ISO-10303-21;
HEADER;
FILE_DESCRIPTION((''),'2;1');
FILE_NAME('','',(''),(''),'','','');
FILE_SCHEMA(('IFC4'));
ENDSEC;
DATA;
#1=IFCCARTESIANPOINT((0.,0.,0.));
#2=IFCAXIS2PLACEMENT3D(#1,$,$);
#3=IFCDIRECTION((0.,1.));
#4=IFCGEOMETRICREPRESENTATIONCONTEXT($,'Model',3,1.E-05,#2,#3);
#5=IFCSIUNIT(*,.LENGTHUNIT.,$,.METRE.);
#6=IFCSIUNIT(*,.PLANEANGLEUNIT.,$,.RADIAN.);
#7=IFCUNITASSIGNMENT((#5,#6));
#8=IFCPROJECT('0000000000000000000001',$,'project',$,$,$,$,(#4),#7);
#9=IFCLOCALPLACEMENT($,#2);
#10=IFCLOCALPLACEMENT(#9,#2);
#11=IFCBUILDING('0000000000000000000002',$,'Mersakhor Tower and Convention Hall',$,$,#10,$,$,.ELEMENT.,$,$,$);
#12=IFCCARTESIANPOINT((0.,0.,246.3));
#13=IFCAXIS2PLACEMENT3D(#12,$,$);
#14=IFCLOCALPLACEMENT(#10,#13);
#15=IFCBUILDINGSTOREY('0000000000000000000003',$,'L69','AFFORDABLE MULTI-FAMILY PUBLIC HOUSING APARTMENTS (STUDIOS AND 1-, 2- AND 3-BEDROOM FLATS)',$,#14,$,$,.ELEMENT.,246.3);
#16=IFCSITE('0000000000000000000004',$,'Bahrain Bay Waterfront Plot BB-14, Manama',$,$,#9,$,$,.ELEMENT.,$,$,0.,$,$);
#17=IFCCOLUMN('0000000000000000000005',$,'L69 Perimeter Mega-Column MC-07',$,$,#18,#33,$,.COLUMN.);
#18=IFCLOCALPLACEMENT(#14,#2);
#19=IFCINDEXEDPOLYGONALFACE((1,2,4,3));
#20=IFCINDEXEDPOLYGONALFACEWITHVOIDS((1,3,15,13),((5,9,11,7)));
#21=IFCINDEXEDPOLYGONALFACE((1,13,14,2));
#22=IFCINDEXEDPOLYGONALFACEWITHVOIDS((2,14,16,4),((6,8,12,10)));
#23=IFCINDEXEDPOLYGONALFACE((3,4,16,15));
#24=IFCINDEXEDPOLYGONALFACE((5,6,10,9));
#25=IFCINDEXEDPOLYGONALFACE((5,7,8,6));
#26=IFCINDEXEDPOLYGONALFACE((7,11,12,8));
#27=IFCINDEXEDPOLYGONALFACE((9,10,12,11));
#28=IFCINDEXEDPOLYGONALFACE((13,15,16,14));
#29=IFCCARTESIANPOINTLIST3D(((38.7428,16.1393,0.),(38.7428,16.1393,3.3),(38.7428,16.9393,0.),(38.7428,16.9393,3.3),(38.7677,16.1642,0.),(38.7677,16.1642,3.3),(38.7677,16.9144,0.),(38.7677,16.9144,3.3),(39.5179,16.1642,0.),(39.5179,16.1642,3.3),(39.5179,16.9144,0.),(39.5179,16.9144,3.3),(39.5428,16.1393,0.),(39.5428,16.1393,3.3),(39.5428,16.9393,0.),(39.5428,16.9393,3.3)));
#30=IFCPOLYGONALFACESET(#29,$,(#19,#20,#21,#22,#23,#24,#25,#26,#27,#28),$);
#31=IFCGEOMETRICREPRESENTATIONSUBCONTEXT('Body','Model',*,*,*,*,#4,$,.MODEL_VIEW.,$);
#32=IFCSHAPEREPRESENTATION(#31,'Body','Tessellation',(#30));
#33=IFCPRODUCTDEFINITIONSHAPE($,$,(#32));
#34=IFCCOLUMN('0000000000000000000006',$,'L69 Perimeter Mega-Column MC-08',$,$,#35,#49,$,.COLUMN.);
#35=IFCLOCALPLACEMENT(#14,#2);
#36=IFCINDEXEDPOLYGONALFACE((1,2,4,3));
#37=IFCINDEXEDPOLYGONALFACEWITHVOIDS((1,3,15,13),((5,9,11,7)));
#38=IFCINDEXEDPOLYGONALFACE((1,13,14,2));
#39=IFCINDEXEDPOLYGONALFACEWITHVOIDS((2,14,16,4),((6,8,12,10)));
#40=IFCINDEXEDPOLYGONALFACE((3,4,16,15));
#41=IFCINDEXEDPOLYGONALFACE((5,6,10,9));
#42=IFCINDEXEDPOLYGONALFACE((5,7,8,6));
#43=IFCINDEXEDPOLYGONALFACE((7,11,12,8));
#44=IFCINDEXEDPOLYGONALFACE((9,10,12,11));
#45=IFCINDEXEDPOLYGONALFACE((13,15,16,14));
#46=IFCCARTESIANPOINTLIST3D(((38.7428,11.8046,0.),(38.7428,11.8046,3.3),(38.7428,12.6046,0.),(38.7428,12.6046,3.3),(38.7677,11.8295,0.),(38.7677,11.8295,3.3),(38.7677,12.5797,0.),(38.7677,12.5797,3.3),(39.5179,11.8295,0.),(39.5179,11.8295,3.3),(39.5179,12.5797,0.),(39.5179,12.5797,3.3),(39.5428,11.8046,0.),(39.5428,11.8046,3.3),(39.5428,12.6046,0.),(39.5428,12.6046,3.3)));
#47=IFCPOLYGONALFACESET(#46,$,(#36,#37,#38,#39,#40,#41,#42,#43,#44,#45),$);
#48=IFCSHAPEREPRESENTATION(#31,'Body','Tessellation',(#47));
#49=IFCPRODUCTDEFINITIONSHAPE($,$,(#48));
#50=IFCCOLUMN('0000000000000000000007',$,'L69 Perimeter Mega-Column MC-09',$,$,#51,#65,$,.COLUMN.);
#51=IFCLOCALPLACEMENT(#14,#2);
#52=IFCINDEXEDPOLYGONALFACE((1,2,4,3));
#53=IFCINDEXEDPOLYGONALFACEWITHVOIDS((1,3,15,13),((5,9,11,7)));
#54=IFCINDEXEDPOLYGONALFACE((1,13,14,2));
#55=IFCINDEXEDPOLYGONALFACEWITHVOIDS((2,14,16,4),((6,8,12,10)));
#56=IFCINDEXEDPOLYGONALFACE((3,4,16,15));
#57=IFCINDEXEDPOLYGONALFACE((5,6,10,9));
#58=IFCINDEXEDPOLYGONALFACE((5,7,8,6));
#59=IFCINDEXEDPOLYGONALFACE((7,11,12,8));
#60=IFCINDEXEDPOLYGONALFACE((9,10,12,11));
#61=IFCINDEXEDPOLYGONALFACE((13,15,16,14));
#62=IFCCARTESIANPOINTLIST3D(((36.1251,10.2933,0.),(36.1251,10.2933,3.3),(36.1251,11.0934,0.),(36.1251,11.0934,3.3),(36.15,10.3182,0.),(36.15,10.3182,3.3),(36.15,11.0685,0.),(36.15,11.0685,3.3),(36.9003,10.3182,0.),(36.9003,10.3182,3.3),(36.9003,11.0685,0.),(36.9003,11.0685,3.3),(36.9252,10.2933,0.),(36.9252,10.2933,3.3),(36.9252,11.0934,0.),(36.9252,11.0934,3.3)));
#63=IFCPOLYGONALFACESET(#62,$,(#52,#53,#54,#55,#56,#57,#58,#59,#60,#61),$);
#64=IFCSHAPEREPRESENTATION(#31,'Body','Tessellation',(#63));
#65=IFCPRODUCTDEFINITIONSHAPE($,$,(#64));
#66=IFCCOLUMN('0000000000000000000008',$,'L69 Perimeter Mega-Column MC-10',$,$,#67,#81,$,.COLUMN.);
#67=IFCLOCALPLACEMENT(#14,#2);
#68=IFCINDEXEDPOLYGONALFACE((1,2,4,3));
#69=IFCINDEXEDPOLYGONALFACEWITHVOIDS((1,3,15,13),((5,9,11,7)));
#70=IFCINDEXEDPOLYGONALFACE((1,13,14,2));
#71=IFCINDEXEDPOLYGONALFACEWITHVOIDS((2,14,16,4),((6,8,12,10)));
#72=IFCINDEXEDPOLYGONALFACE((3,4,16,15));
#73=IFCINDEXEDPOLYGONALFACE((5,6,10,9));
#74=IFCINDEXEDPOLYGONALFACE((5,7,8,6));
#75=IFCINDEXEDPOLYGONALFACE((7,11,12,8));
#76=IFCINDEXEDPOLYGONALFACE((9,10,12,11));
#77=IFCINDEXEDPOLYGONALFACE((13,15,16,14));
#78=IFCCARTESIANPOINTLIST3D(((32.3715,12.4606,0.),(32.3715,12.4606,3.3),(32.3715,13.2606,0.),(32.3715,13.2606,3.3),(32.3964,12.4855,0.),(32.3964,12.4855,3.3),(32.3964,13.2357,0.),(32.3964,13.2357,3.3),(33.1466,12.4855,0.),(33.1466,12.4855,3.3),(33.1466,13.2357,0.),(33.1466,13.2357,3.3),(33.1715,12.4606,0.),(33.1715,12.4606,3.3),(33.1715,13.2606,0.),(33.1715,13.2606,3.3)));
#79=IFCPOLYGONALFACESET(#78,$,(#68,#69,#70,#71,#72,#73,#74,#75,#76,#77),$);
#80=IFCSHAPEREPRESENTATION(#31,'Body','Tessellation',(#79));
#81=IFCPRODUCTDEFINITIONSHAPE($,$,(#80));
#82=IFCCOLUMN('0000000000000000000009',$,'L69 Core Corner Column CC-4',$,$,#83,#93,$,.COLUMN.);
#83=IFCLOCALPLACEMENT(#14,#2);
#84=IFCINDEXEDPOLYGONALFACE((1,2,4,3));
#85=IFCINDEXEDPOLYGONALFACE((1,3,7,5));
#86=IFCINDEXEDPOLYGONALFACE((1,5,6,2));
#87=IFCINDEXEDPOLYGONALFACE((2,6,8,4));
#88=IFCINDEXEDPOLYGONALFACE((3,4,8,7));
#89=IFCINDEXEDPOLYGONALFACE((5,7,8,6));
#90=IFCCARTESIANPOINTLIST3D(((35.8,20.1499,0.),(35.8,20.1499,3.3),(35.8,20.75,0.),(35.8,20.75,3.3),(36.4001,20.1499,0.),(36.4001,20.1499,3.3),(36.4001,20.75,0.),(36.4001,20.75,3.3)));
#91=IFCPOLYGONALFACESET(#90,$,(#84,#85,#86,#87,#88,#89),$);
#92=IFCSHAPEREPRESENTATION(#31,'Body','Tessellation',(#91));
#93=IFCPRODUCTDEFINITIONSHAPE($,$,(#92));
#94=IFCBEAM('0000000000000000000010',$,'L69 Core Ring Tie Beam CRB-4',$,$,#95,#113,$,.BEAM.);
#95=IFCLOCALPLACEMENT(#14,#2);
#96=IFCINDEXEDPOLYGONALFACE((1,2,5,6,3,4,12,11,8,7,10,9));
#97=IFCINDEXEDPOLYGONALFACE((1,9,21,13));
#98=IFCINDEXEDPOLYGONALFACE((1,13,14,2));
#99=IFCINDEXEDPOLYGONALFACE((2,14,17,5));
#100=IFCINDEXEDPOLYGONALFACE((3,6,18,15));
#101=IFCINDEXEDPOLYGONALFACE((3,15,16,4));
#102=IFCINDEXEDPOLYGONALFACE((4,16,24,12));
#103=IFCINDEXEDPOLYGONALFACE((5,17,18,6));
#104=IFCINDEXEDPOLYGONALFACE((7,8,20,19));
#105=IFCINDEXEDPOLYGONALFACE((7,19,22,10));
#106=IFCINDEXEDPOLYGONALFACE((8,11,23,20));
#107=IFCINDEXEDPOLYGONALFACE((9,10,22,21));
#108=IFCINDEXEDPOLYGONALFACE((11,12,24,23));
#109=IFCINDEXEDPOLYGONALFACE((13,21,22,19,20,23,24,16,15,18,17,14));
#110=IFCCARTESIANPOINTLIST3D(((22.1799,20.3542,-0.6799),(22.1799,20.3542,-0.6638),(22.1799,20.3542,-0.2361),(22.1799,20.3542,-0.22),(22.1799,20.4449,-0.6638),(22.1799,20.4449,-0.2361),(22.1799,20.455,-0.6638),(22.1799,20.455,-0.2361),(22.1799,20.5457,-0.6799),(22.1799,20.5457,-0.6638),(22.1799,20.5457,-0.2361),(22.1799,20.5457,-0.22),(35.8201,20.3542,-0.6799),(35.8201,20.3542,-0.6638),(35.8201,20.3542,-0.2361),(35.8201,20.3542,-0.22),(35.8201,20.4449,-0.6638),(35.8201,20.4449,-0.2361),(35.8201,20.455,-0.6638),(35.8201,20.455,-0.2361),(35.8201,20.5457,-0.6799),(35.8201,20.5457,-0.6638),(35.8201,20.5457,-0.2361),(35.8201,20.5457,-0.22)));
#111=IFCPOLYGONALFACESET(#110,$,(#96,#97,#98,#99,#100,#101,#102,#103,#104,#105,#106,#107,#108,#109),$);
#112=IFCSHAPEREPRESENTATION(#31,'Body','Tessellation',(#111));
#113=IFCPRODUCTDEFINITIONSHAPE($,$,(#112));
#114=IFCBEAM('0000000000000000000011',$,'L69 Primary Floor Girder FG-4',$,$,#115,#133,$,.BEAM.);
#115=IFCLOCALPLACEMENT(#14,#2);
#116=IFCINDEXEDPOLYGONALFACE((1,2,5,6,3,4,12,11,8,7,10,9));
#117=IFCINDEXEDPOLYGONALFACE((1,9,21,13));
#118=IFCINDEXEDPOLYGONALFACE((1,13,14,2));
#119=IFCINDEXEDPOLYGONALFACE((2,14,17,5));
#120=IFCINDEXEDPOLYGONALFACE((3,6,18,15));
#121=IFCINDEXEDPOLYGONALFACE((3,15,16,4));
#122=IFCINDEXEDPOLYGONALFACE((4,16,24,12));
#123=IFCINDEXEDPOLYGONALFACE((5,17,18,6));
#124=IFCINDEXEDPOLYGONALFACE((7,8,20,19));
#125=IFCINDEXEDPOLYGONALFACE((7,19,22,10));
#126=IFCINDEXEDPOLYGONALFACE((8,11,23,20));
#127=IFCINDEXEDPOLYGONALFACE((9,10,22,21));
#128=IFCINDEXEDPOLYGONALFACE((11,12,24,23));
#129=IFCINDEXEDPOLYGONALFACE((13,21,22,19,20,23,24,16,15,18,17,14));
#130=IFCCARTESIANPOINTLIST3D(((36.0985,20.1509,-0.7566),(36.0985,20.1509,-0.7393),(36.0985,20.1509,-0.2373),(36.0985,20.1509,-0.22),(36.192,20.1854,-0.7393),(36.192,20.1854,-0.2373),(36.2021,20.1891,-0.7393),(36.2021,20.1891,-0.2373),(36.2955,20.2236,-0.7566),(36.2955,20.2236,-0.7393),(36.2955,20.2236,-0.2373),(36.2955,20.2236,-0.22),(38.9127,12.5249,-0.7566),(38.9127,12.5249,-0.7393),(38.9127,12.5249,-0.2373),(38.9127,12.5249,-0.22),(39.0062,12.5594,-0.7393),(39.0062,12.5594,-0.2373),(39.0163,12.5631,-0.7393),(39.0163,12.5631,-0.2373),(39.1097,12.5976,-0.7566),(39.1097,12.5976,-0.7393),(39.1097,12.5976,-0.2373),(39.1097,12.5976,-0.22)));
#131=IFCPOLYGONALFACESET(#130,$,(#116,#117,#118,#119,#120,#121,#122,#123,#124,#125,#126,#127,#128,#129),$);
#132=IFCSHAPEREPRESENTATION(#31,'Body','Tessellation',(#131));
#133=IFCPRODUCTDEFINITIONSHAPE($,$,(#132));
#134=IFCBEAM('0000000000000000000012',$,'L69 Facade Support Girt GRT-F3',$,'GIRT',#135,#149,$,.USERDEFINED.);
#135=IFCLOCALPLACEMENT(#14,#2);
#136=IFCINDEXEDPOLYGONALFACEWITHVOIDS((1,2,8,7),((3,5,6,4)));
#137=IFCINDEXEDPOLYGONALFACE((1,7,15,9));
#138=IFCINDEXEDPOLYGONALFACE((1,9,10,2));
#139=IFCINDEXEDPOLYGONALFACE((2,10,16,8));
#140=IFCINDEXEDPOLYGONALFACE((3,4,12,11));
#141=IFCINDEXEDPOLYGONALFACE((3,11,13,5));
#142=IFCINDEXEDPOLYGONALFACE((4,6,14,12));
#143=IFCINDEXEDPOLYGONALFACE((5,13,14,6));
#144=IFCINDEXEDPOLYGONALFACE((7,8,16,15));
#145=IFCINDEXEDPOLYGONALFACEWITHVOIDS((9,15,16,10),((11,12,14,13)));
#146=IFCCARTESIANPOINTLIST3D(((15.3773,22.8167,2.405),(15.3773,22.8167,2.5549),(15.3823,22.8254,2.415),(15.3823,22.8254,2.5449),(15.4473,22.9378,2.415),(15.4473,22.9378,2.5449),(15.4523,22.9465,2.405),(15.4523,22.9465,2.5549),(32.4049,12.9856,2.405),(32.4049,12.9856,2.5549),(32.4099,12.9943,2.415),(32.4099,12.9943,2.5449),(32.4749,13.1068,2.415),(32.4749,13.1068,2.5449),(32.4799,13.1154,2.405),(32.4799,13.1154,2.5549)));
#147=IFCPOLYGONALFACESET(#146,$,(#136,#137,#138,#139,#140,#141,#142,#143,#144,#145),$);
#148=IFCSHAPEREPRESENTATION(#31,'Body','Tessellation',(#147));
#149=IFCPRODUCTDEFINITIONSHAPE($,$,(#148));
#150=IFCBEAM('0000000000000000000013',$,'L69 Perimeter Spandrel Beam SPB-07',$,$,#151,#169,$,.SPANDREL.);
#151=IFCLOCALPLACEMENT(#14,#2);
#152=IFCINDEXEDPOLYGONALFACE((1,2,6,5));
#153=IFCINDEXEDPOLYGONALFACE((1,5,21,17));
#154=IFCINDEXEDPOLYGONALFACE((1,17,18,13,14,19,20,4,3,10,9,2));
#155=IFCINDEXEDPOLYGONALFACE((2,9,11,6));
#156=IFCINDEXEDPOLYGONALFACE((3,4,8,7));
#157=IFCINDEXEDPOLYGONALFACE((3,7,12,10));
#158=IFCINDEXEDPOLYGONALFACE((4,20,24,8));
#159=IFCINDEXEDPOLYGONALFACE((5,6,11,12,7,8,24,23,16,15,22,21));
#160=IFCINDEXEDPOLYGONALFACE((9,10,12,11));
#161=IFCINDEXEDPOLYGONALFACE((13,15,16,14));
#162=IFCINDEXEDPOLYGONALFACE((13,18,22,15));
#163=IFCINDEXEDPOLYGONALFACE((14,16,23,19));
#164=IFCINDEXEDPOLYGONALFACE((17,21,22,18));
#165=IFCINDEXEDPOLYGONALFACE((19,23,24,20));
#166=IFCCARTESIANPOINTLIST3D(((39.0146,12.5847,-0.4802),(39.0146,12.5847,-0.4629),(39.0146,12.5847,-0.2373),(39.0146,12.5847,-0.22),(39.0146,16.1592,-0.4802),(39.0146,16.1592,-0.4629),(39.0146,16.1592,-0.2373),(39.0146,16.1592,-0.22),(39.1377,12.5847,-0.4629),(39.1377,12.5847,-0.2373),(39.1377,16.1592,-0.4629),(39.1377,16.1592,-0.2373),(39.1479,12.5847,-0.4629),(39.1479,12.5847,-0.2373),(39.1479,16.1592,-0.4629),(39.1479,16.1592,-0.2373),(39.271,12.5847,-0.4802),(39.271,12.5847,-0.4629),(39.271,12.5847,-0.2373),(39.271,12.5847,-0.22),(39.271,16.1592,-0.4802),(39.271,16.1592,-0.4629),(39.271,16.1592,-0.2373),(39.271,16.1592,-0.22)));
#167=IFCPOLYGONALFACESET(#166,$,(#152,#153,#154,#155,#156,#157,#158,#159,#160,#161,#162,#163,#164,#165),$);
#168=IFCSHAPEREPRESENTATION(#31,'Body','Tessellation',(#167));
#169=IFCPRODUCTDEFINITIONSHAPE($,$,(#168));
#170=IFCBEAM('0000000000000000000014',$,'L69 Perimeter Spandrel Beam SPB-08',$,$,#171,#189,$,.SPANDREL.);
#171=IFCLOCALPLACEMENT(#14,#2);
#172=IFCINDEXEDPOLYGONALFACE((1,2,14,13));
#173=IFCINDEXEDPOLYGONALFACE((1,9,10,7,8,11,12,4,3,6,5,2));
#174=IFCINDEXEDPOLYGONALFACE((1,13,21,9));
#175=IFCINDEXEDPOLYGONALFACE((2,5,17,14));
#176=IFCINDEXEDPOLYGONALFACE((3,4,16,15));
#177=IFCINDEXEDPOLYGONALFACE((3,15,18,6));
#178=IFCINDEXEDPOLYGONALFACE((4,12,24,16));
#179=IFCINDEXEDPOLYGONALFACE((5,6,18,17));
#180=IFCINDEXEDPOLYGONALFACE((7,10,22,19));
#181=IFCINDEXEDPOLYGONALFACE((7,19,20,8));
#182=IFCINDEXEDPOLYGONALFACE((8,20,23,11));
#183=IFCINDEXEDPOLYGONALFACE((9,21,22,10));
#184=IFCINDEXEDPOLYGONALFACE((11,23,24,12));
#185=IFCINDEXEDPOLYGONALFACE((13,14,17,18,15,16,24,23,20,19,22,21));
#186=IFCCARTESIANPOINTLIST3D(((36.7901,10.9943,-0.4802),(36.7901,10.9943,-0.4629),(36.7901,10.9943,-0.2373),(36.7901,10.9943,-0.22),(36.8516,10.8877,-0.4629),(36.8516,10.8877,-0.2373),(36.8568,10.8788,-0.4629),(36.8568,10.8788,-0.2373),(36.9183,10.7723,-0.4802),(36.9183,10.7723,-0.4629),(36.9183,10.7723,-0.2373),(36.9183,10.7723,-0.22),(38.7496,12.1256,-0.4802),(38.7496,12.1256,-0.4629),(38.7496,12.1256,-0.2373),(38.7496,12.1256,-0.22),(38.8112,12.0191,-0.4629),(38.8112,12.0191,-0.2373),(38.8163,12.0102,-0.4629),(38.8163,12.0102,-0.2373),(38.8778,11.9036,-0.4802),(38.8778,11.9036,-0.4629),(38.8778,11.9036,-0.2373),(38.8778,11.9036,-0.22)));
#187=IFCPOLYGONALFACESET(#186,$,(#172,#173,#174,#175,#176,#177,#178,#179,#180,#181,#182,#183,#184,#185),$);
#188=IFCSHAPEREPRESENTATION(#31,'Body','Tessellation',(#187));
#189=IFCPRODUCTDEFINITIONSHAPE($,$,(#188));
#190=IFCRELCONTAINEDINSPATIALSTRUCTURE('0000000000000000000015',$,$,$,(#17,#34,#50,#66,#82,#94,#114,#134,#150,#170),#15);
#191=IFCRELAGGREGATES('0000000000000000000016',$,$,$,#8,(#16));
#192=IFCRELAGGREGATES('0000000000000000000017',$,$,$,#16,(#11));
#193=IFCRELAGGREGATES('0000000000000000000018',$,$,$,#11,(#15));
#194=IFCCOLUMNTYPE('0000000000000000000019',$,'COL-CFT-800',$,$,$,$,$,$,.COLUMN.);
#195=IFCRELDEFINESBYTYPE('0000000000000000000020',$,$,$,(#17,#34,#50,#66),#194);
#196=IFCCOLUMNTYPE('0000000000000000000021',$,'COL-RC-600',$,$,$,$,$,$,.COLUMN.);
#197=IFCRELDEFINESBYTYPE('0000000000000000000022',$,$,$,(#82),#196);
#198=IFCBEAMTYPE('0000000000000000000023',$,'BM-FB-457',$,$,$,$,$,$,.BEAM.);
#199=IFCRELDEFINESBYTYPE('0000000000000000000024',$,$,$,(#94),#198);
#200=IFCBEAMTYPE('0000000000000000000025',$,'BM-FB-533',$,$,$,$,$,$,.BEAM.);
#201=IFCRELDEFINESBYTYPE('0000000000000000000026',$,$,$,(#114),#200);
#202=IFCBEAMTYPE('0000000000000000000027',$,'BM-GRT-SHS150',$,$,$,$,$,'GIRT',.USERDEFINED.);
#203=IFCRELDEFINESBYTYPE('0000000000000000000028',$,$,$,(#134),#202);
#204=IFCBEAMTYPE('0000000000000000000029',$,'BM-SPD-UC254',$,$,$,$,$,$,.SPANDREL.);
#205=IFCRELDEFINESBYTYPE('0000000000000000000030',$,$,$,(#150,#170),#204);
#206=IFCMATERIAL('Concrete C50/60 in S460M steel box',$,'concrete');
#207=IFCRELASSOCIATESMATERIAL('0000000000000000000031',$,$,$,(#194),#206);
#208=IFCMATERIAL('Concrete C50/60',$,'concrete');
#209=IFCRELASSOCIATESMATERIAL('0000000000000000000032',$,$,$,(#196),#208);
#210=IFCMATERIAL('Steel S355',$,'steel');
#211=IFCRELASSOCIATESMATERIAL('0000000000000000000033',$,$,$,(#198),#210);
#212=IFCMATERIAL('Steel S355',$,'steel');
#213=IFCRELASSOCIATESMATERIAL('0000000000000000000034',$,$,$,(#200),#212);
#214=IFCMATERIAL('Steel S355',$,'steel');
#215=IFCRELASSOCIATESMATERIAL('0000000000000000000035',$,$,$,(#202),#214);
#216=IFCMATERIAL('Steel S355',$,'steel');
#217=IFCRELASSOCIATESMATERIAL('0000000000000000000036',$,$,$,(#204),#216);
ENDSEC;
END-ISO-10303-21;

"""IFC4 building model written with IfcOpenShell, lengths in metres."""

from ifc_helpers import new_model, si_unit, direction, frame, origin, origin_2d, place, context, subcontext, project, spatial, rectangle, hollow_rectangle, i_section, extrude, material, material_profile, profile_set, type_object, element, save


model = new_model("IFC4")

# Units and contexts
model_context = context("Model", 3, precision=1e-05, world=origin(), true_north=direction((0.0, 1.0)))
body_context = subcontext(model_context, "Body", "Model", "MODEL_VIEW")
ifc_project = project(units=[si_unit("LENGTHUNIT", "METRE"), si_unit("PLANEANGLEUNIT", "RADIAN")], contexts=[model_context])

# Site, building, storey
site_placement = place(None, origin())
site = spatial("IfcSite", under=ifc_project, at=site_placement, Name="Bahrain Bay Waterfront Plot BB-14, Manama", CompositionType="ELEMENT", RefElevation=0.0)
building_placement = place(site_placement, origin())
building = spatial("IfcBuilding", under=site, at=building_placement, Name="Mersakhor Tower and Convention Hall", CompositionType="ELEMENT")
storey_placement = place(building_placement, frame((0.0, 0.0, 246.3)))
storey = spatial("IfcBuildingStorey", under=building, at=storey_placement, Name="L69", Description="AFFORDABLE MULTI-FAMILY PUBLIC HOUSING APARTMENTS (STUDIOS AND 1-, 2- AND 3-BEDROOM FLATS)", CompositionType="ELEMENT", Elevation=246.3)

# Columns
ifc_material_1 = material(Name="Concrete C50/60 in S460M steel box", Category="concrete")
ifc_material_profile_1 = material_profile(ifc_material_1, hollow_rectangle(XDim=0.8, YDim=0.8, WallThickness=0.0249, at=origin_2d()), Name="SHS 800x800x25")
ifc_profile_set_1 = profile_set([ifc_material_profile_1], Name="Concrete C50/60 in S460M steel box")
column_type_1 = type_object("IfcColumnType", Name="COL-CFT-800", PredefinedType="COLUMN", material=ifc_profile_set_1)
for number, where, z_axis, x_axis, name in (
    (1, (39.1428, 16.5393, 0.0), (0.0, 0.0, 1.0), (1.0, 0.0, 0.0), "L69 Perimeter Mega-Column MC-07"),
    (2, (39.1428, 12.2046, 0.0), (0.0, 0.0, 1.0), (1.0, 0.0, 0.0), "L69 Perimeter Mega-Column MC-08"),
    (3, (36.5251, 10.6934, 0.0), (0.0, 0.0, 1.0), (1.0, 0.0, 0.0), "L69 Perimeter Mega-Column MC-09"),
    (4, (32.7715, 12.8606, 0.0), (0.0, 0.0, 1.0), (1.0, 0.0, 0.0), "L69 Perimeter Mega-Column MC-10"),
):
    element("IfcColumn", number, at=place(storey_placement, frame(where, z_axis=z_axis, x_axis=x_axis)), inside=storey, type_object=column_type_1, Name=name, PredefinedType="COLUMN", context=body_context, shape_type="SweptSolid", body=[
        extrude(hollow_rectangle(XDim=0.8, YDim=0.8, WallThickness=0.0249, at=origin_2d()), origin(), (0.0, 0.0, 1.0), 3.3),
    ])
ifc_material_2 = material(Name="Concrete C50/60", Category="concrete")
ifc_material_profile_2 = material_profile(ifc_material_2, rectangle(XDim=0.6001, YDim=0.6001, at=origin_2d()), Name="RC 600x600")
ifc_profile_set_2 = profile_set([ifc_material_profile_2], Name="Concrete C50/60")
column_type_2 = type_object("IfcColumnType", Name="COL-RC-600", PredefinedType="COLUMN", material=ifc_profile_set_2)
column_placement = place(storey_placement, frame((36.1001, 20.45, 0.0), z_axis=(0.0, 0.0, 1.0), x_axis=(1.0, 0.0, 0.0)))
element("IfcColumn", 5, at=column_placement, inside=storey, type_object=column_type_2, Name="L69 Core Corner Column CC-4", PredefinedType="COLUMN", context=body_context, shape_type="SweptSolid", body=[
    extrude(rectangle(XDim=0.6001, YDim=0.6001, at=origin_2d()), origin(), (0.0, 0.0, 1.0), 3.3),
])

# Beams
ifc_material_3 = material(Name="Steel S355", Category="steel")
ifc_material_profile_3 = material_profile(ifc_material_3, i_section(OverallWidth=0.1914, OverallDepth=0.46, WebThickness=0.01, FlangeThickness=0.0161, at=origin_2d()), Name="UB 457x191x82")
ifc_profile_set_3 = profile_set([ifc_material_profile_3], Name="Steel S355")
beam_type_1 = type_object("IfcBeamType", Name="BM-FB-457", PredefinedType="BEAM", material=ifc_profile_set_3)
beam_1_placement = place(storey_placement, frame((35.8201, 20.45, -0.45), z_axis=(-1.0, 0.0, 0.0), x_axis=(0.0, -1.0, 0.0)))
element("IfcBeam", 6, at=beam_1_placement, inside=storey, type_object=beam_type_1, Name="L69 Core Ring Tie Beam CRB-4", PredefinedType="BEAM", context=body_context, shape_type="SweptSolid", body=[
    extrude(i_section(OverallWidth=0.1914, OverallDepth=0.46, WebThickness=0.01, FlangeThickness=0.0161, at=origin_2d()), origin(), (0.0, 0.0, 1.0), 13.6401),
])
ifc_material_4 = material(Name="Steel S355", Category="steel")
ifc_material_profile_4 = material_profile(ifc_material_4, i_section(OverallWidth=0.21, OverallDepth=0.5366, WebThickness=0.0107, FlangeThickness=0.0173, at=origin_2d()), Name="UB 533x210x101")
ifc_profile_set_4 = profile_set([ifc_material_profile_4], Name="Steel S355")
beam_type_2 = type_object("IfcBeamType", Name="BM-FB-533", PredefinedType="BEAM", material=ifc_profile_set_4)
beam_2_placement = place(storey_placement, frame((36.197, 20.1873, -0.4883), z_axis=(0.346208, -0.938158, 0.0), x_axis=(0.938158, 0.346208, 0.0)))
element("IfcBeam", 7, at=beam_2_placement, inside=storey, type_object=beam_type_2, Name="L69 Primary Floor Girder FG-4", PredefinedType="BEAM", context=body_context, shape_type="SweptSolid", body=[
    extrude(i_section(OverallWidth=0.21, OverallDepth=0.5366, WebThickness=0.0107, FlangeThickness=0.0173, at=origin_2d()), origin(), (0.0, 0.0, 1.0), 8.1287),
])
ifc_material_5 = material(Name="Steel S355", Category="steel")
ifc_material_profile_5 = material_profile(ifc_material_5, hollow_rectangle(XDim=0.1499, YDim=0.1499, WallThickness=0.01, at=origin_2d()), Name="SHS 150x150x10")
ifc_profile_set_5 = profile_set([ifc_material_profile_5], Name="Steel S355")
beam_type_3 = type_object("IfcBeamType", Name="BM-GRT-SHS150", ElementType="GIRT", PredefinedType="USERDEFINED", material=ifc_profile_set_5)
beam_3_placement = place(storey_placement, frame((32.4424, 13.0505, 2.48), z_axis=(-0.866022, 0.500007, 0.0), x_axis=(-0.500007, -0.866022, 0.0)))
element("IfcBeam", 8, at=beam_3_placement, inside=storey, type_object=beam_type_3, Name="L69 Facade Support Girt GRT-F3", ObjectType="GIRT", PredefinedType="USERDEFINED", context=body_context, shape_type="SweptSolid", body=[
    extrude(hollow_rectangle(XDim=0.1499, YDim=0.1499, WallThickness=0.01, at=origin_2d()), origin(), (0.0, 0.0, 1.0), 19.6619),
])
ifc_material_6 = material(Name="Steel S355", Category="steel")
ifc_material_profile_6 = material_profile(ifc_material_6, i_section(OverallWidth=0.2563, OverallDepth=0.2603, WebThickness=0.0103, FlangeThickness=0.0173, at=origin_2d()), Name="UC 254x254x89")
ifc_profile_set_6 = profile_set([ifc_material_profile_6], Name="Steel S355")
beam_type_4 = type_object("IfcBeamType", Name="BM-SPD-UC254", PredefinedType="SPANDREL", material=ifc_profile_set_6)
beam_4_placement = place(storey_placement, frame((39.1428, 16.1592, -0.3501), z_axis=(0.0, -1.0, 0.0), x_axis=(1.0, 0.0, 0.0)))
element("IfcBeam", 9, at=beam_4_placement, inside=storey, type_object=beam_type_4, Name="L69 Perimeter Spandrel Beam SPB-07", PredefinedType="SPANDREL", context=body_context, shape_type="SweptSolid", body=[
    extrude(i_section(OverallWidth=0.2563, OverallDepth=0.2603, WebThickness=0.0103, FlangeThickness=0.0173, at=origin_2d()), origin(), (0.0, 0.0, 1.0), 3.5745),
])
beam_5_placement = place(storey_placement, frame((38.8137, 12.0146, -0.3501), z_axis=(-0.866017, -0.500015, 0.0), x_axis=(0.500015, -0.866017, 0.0)))
element("IfcBeam", 10, at=beam_5_placement, inside=storey, type_object=beam_type_4, Name="L69 Perimeter Spandrel Beam SPB-08", PredefinedType="SPANDREL", context=body_context, shape_type="SweptSolid", body=[
    extrude(i_section(OverallWidth=0.2563, OverallDepth=0.2603, WebThickness=0.0103, FlangeThickness=0.0173, at=origin_2d()), origin(), (0.0, 0.0, 1.0), 2.2627),
])

save(model, "model.ifc")
